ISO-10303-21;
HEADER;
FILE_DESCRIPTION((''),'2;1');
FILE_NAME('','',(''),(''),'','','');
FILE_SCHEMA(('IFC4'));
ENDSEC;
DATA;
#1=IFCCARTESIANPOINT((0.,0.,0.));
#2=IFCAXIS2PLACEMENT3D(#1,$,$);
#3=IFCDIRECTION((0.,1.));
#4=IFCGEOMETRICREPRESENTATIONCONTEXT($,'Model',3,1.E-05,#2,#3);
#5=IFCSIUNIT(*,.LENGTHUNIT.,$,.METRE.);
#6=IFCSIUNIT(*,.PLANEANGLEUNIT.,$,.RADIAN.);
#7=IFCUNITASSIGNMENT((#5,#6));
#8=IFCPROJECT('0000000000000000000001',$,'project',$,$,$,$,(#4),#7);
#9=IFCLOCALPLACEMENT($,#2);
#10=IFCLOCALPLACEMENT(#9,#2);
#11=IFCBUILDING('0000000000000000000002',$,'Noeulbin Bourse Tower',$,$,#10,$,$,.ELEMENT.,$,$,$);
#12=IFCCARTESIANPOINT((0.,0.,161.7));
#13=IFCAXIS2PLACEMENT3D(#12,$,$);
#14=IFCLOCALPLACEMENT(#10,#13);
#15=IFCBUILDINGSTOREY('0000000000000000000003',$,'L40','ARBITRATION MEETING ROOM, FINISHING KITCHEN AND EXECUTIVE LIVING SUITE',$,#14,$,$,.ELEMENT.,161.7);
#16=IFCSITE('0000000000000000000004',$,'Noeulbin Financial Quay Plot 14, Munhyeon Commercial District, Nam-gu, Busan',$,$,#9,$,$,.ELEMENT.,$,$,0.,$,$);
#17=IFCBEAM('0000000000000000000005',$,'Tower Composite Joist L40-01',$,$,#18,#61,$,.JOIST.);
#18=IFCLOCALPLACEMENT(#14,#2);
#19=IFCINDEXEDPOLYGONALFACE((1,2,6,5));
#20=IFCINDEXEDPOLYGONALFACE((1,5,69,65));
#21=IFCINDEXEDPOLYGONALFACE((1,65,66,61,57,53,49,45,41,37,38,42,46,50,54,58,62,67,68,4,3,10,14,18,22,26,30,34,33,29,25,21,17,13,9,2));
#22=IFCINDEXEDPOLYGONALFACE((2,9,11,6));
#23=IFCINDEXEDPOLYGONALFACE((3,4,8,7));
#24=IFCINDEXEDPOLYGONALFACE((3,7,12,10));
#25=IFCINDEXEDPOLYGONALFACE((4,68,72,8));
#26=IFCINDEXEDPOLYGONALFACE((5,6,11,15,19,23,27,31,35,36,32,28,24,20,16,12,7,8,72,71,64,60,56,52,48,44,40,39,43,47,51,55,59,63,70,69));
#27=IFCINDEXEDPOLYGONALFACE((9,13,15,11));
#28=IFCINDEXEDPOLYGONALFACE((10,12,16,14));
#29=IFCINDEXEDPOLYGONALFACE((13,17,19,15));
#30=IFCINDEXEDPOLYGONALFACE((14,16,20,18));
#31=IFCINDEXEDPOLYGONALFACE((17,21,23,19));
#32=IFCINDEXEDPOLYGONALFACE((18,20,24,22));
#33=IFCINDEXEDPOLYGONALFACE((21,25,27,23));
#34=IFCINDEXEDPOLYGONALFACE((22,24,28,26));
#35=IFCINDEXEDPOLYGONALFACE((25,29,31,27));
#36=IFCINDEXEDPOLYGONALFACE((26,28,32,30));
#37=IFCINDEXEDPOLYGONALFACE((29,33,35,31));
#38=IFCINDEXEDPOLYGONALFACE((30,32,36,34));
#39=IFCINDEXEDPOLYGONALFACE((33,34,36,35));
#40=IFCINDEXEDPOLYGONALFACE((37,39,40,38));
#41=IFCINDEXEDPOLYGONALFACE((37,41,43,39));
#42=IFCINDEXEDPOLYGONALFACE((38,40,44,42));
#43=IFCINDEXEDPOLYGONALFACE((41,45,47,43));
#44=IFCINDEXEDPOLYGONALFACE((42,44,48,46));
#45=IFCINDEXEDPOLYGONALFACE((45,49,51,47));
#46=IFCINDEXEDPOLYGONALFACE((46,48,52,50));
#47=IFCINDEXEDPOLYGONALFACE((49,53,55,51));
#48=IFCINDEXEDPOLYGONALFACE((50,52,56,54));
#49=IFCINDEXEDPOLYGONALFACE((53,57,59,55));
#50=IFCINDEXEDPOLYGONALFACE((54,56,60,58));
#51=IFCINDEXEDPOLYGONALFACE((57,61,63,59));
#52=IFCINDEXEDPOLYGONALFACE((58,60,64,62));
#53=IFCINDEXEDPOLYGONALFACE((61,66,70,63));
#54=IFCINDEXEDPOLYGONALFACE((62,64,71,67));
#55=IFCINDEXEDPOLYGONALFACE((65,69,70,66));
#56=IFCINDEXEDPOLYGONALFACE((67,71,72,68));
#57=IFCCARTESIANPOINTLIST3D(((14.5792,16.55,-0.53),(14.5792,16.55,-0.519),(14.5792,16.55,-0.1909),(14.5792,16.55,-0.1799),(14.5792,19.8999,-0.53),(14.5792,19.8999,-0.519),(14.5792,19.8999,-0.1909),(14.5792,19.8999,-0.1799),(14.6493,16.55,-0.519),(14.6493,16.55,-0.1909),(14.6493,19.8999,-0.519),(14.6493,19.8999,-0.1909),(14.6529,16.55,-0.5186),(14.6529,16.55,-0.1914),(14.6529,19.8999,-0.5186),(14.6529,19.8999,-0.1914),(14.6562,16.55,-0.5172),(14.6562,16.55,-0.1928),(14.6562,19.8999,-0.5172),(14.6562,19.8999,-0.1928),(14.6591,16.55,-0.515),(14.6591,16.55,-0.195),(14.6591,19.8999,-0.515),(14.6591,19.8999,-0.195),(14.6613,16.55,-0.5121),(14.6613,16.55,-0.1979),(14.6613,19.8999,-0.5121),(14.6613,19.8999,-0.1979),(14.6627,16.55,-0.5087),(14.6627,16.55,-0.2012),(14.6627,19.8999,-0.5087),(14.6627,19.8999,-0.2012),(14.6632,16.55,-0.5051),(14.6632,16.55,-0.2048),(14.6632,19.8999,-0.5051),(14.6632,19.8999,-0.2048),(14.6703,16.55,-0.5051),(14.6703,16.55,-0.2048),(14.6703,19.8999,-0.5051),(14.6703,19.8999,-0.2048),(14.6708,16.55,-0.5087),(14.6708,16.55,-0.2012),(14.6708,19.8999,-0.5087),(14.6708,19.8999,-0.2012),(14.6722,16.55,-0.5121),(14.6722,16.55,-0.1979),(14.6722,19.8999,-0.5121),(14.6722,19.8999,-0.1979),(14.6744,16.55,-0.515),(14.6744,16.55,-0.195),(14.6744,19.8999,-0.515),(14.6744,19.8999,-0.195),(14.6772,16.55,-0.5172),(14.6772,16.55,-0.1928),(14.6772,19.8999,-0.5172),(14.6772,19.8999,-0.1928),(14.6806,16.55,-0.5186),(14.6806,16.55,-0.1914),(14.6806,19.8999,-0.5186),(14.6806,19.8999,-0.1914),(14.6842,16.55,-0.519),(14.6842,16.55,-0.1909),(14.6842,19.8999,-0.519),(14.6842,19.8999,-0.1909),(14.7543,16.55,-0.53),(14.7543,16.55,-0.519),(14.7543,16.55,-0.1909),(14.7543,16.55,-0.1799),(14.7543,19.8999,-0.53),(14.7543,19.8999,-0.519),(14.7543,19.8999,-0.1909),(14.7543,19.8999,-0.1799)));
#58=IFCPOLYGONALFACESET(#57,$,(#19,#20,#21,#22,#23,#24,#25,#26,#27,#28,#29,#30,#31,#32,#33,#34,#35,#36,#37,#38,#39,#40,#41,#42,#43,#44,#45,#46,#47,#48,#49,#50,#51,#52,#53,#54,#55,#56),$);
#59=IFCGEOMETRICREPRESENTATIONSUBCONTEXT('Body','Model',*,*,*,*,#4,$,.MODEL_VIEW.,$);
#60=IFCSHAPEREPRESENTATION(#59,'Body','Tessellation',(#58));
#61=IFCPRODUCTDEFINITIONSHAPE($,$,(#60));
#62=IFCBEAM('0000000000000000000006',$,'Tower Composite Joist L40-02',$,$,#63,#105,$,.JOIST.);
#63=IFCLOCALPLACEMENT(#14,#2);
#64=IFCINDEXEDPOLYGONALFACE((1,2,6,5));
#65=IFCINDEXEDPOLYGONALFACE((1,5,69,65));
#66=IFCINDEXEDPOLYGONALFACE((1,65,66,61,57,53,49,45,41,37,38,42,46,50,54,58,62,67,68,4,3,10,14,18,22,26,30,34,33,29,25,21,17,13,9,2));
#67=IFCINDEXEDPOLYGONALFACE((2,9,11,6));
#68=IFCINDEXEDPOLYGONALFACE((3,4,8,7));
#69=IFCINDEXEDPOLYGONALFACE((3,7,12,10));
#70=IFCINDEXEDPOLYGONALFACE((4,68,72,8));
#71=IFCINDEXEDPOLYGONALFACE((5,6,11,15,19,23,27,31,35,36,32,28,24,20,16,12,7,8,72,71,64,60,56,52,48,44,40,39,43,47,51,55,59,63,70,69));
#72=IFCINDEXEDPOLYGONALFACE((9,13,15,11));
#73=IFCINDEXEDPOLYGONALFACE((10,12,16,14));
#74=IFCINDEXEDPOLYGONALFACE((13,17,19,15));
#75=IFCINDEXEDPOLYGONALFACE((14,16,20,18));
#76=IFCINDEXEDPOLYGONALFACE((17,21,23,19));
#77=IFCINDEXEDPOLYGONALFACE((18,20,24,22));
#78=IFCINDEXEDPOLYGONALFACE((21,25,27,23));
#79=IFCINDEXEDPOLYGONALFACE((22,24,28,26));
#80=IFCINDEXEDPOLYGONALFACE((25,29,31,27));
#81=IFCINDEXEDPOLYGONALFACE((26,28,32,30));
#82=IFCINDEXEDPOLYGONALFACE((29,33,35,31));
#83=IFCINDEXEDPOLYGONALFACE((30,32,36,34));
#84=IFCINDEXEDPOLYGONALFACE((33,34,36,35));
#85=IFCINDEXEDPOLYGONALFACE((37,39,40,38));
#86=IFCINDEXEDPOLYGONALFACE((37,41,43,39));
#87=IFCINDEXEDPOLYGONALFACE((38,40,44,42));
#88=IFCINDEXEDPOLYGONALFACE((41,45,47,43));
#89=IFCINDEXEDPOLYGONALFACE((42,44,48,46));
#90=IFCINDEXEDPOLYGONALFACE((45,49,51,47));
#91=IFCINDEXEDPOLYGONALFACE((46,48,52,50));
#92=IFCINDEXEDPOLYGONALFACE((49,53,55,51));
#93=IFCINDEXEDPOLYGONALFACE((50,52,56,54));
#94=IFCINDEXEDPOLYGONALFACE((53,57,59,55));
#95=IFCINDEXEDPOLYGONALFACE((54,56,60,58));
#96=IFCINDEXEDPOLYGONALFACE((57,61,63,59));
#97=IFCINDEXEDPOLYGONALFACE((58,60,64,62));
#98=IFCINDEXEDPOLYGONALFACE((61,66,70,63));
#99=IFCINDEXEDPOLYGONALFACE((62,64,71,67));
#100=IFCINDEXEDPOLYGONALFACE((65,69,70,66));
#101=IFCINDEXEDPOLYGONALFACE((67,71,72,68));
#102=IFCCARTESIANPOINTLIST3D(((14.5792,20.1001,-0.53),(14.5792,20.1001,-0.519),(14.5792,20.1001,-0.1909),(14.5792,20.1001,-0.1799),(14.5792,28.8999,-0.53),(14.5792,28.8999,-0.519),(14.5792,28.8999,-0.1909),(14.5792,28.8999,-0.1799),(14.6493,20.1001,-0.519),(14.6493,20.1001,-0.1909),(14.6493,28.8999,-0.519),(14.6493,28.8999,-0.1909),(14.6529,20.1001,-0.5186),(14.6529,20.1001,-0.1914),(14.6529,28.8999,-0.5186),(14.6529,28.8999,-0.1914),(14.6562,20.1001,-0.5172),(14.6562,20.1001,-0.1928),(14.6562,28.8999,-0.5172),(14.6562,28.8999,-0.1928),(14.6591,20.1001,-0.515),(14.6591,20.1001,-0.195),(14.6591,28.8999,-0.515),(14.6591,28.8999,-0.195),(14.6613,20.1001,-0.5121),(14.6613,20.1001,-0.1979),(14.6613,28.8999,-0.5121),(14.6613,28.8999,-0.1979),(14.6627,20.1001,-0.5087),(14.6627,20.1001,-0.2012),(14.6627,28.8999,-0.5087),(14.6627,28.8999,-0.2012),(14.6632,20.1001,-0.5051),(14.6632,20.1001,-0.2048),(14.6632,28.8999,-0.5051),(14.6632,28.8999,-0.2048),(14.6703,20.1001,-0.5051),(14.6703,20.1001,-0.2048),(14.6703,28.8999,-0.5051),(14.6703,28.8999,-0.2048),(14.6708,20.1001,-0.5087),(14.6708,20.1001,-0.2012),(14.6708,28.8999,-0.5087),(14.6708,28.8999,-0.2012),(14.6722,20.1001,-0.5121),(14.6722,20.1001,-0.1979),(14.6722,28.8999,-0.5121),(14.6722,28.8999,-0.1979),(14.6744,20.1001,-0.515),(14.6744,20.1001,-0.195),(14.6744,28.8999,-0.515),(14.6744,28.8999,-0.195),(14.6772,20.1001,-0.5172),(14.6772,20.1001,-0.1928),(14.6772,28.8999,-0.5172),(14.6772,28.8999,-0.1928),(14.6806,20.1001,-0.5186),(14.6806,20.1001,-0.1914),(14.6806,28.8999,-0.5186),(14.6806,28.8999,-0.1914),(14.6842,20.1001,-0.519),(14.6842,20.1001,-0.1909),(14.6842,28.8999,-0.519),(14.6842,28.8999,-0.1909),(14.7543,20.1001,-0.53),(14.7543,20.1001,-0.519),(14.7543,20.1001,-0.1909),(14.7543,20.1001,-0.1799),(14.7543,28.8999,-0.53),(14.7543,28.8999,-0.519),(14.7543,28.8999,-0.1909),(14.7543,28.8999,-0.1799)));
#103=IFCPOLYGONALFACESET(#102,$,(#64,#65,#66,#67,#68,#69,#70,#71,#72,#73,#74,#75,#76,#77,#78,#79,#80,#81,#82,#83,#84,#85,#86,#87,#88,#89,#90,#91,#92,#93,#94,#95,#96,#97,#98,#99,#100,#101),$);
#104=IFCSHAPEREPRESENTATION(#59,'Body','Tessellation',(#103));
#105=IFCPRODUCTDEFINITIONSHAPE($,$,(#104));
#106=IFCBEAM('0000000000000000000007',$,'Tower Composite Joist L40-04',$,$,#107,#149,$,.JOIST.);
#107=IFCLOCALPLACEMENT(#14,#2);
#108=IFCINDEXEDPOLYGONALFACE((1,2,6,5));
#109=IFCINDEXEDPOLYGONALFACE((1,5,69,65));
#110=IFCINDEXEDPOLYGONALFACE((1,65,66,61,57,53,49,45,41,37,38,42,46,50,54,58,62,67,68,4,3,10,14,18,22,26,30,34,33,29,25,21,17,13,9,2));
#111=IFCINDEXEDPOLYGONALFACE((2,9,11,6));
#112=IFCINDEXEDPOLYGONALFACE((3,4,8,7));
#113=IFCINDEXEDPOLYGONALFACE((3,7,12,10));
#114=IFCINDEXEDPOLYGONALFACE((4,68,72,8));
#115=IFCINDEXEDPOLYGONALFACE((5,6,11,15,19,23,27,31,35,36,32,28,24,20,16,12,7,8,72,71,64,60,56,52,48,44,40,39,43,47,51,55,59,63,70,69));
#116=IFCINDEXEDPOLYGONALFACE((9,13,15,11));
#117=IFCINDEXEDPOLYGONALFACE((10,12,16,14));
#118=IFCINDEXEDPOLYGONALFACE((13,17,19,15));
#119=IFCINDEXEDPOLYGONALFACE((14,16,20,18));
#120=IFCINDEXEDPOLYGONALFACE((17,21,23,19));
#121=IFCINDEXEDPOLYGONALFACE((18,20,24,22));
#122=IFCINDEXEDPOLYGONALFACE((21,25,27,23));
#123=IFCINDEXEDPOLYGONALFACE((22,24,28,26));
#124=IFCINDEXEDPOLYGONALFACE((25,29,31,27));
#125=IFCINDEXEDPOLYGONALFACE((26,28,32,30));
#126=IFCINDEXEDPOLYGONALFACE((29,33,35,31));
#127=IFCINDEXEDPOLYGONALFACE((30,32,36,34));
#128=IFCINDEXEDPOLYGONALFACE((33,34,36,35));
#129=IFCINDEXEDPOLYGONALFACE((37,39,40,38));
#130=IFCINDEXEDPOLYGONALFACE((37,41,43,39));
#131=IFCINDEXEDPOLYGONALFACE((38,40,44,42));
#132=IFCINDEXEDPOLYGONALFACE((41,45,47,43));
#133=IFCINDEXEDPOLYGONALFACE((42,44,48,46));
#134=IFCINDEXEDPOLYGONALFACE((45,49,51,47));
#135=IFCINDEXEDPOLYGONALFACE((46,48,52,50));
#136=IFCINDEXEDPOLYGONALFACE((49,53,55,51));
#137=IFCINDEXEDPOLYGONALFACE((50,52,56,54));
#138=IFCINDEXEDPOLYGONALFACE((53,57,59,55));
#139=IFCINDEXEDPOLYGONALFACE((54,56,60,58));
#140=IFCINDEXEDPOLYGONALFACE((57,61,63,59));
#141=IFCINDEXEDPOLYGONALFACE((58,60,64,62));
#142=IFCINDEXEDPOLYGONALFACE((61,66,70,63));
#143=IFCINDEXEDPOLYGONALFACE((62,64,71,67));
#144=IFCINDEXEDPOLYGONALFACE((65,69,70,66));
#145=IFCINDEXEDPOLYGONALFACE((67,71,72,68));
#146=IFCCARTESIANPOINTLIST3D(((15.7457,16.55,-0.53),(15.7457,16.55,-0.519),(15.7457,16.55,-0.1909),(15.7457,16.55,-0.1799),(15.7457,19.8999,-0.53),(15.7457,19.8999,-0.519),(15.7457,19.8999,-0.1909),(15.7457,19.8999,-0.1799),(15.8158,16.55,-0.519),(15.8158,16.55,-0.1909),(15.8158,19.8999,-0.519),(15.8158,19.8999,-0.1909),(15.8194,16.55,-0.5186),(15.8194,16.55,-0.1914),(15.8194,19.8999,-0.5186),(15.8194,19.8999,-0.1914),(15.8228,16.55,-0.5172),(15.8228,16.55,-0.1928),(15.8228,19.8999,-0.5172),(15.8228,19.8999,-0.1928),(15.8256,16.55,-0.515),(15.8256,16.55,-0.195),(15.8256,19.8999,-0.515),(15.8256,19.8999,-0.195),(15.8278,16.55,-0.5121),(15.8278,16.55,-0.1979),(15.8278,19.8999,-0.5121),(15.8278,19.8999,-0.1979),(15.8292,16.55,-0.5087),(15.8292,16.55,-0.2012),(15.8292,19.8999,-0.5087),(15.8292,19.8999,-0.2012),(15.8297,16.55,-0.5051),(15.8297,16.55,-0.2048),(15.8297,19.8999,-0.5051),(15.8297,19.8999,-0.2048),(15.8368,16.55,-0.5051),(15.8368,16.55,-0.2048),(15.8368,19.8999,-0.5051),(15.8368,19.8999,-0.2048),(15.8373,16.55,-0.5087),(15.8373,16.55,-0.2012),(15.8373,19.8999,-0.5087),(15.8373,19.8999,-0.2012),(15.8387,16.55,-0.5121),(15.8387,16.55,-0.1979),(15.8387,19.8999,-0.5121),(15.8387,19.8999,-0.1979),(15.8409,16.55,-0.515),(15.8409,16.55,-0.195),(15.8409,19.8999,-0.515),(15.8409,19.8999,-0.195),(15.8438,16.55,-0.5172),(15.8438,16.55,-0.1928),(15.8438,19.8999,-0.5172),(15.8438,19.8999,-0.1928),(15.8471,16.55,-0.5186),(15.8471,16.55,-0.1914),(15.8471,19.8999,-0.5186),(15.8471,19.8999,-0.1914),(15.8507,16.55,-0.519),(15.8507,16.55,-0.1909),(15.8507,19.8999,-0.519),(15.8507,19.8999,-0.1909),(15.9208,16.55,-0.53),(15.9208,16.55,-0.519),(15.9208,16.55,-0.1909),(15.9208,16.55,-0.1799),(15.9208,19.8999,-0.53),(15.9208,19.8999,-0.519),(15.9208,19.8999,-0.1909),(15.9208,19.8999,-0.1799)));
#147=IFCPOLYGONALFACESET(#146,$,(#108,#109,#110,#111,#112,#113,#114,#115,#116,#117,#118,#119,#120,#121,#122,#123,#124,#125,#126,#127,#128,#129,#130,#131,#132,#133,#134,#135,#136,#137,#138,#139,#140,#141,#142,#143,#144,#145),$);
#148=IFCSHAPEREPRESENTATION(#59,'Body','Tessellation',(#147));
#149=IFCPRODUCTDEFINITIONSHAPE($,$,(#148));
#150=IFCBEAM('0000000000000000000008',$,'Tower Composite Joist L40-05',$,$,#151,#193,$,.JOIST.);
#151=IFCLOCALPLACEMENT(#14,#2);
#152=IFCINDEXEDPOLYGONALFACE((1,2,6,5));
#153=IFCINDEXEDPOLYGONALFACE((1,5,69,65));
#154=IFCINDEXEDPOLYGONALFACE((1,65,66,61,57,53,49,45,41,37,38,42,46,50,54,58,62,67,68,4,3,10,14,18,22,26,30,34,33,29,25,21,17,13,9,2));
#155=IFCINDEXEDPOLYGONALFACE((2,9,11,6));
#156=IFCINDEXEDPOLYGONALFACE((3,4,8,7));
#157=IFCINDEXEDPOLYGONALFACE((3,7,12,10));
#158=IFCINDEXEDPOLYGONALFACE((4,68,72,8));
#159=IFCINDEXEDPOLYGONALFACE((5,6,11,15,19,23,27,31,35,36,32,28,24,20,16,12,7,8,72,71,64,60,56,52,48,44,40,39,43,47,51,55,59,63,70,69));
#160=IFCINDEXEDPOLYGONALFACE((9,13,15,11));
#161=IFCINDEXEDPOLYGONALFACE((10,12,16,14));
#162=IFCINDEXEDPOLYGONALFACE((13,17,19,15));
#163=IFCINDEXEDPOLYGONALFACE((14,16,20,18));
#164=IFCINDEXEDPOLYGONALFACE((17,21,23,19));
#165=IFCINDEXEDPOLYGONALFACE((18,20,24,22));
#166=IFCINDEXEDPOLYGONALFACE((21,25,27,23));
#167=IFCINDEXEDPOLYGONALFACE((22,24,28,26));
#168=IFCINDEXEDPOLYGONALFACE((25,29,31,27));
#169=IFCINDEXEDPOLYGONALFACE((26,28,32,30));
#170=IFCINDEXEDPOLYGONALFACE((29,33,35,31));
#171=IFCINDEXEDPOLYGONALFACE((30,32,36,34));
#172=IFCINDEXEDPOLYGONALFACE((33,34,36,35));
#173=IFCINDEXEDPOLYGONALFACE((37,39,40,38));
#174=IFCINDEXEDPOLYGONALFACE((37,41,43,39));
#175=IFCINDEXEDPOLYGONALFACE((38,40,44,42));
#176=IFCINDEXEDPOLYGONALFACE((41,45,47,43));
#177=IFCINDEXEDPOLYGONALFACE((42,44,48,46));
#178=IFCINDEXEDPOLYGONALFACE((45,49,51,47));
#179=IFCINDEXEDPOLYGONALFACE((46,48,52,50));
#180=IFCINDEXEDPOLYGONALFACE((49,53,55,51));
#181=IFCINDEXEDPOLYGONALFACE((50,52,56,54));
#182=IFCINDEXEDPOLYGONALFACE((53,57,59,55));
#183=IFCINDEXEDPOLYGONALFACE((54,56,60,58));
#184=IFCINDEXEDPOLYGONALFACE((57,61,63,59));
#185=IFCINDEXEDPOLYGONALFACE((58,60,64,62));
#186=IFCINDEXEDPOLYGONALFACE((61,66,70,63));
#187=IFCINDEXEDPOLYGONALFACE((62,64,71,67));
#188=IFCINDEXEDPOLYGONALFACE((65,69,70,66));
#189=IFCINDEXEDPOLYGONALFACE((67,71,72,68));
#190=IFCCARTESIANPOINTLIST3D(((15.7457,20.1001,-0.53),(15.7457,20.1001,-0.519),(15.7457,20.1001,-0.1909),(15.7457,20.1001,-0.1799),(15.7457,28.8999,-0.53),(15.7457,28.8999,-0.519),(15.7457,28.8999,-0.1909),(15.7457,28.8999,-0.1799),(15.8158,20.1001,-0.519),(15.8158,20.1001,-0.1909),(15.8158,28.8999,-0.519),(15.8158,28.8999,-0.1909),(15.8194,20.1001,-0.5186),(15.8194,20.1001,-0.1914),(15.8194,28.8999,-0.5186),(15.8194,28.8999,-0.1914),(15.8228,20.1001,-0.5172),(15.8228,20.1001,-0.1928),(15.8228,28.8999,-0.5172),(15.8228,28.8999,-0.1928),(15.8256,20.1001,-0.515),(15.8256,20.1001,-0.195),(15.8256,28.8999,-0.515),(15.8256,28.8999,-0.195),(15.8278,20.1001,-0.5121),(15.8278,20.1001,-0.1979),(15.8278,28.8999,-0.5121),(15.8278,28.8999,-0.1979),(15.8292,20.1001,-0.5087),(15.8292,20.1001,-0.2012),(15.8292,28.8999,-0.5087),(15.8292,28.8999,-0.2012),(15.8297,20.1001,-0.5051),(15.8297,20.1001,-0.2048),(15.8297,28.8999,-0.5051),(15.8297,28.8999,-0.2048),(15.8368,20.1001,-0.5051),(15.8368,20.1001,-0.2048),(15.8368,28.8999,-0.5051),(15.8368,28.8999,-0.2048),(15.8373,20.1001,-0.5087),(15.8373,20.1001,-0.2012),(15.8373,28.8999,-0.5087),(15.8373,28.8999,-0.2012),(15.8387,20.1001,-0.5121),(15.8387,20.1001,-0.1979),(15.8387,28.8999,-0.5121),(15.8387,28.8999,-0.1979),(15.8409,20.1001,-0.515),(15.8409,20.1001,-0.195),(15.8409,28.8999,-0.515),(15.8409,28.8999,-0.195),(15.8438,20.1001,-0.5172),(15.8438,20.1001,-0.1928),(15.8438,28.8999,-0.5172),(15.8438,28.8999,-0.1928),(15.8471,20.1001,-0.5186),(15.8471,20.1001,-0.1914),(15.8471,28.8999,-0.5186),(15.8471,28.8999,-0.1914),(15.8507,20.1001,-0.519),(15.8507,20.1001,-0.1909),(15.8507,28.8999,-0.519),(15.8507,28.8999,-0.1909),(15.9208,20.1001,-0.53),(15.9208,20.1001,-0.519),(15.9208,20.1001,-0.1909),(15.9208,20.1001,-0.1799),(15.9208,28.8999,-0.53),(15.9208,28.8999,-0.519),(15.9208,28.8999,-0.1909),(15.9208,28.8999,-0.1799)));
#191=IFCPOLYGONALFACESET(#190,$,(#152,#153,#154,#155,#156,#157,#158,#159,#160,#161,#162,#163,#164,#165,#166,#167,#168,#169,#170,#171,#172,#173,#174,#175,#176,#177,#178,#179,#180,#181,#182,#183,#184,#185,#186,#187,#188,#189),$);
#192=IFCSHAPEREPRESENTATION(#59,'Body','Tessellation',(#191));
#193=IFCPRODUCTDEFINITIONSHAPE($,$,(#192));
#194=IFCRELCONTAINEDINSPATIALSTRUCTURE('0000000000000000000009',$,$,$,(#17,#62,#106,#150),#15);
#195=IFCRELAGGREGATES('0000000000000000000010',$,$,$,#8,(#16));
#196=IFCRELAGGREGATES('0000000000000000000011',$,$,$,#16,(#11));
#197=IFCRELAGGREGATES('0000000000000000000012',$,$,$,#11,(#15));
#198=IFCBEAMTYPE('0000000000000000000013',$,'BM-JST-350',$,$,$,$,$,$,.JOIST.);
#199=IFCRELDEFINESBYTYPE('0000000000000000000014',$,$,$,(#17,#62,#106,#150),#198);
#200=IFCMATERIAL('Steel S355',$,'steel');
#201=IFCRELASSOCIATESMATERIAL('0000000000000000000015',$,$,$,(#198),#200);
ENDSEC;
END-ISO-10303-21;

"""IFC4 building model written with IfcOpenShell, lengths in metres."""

from ifc_helpers import new_model, si_unit, direction, frame, origin, origin_2d, place, context, subcontext, project, spatial, i_section, extrude, material, material_profile, profile_set, type_object, element, save


model = new_model("IFC4")

# Units and contexts
model_context = context("Model", 3, precision=1e-05, world=origin(), true_north=direction((0.0, 1.0)))
body_context = subcontext(model_context, "Body", "Model", "MODEL_VIEW")
ifc_project = project(units=[si_unit("LENGTHUNIT", "METRE"), si_unit("PLANEANGLEUNIT", "RADIAN")], contexts=[model_context])

# Site, building, storey
site_placement = place(None, origin())
site = spatial("IfcSite", under=ifc_project, at=site_placement, Name="Noeulbin Financial Quay Plot 14, Munhyeon Commercial District, Nam-gu, Busan", CompositionType="ELEMENT", RefElevation=0.0)
building_placement = place(site_placement, origin())
building = spatial("IfcBuilding", under=site, at=building_placement, Name="Noeulbin Bourse Tower", CompositionType="ELEMENT")
storey_placement = place(building_placement, frame((0.0, 0.0, 161.7)))
storey = spatial("IfcBuildingStorey", under=building, at=storey_placement, Name="L40", Description="ARBITRATION MEETING ROOM, FINISHING KITCHEN AND EXECUTIVE LIVING SUITE", CompositionType="ELEMENT", Elevation=161.7)

# Shared definitions
ifc_material_1 = material(Name="Steel S355", Category="steel")

# Beams
ifc_material_profile_1 = material_profile(ifc_material_1, i_section(OverallWidth=0.175, OverallDepth=0.3501, WebThickness=0.0071, FlangeThickness=0.011, FilletRadius=0.0139, at=origin_2d()), Name="H-350x175x7x11", Category="LoadBearing")
ifc_profile_set_1 = profile_set([ifc_material_profile_1], Name="Steel S355")
beam_type_1 = type_object("IfcBeamType", Name="BM-JST-350", PredefinedType="JOIST", material=ifc_profile_set_1)
beam_1_placement = place(storey_placement, frame((14.6667, 16.55, -0.355), z_axis=(0.0, 1.0, 0.0), x_axis=(-1.0, 0.0, 0.0)))
element("IfcBeam", 1, at=beam_1_placement, inside=storey, type_object=beam_type_1, Name="Tower Composite Joist L40-01", PredefinedType="JOIST", context=body_context, shape_type="SweptSolid", body=[
    extrude(i_section(OverallWidth=0.175, OverallDepth=0.3501, WebThickness=0.0071, FlangeThickness=0.011, FilletRadius=0.0139, at=origin_2d()), origin(), (0.0, 0.0, 1.0), 3.3499),
])
beam_2_placement = place(storey_placement, frame((14.6667, 20.1001, -0.355), z_axis=(0.0, 1.0, 0.0), x_axis=(-1.0, 0.0, 0.0)))
element("IfcBeam", 2, at=beam_2_placement, inside=storey, type_object=beam_type_1, Name="Tower Composite Joist L40-02", PredefinedType="JOIST", context=body_context, shape_type="SweptSolid", body=[
    extrude(i_section(OverallWidth=0.175, OverallDepth=0.3501, WebThickness=0.0071, FlangeThickness=0.011, FilletRadius=0.0139, at=origin_2d()), origin(), (0.0, 0.0, 1.0), 8.7998),
])
beam_3_placement = place(storey_placement, frame((15.8333, 16.55, -0.355), z_axis=(0.0, 1.0, 0.0), x_axis=(-1.0, 0.0, 0.0)))
element("IfcBeam", 3, at=beam_3_placement, inside=storey, type_object=beam_type_1, Name="Tower Composite Joist L40-04", PredefinedType="JOIST", context=body_context, shape_type="SweptSolid", body=[
    extrude(i_section(OverallWidth=0.175, OverallDepth=0.3501, WebThickness=0.0071, FlangeThickness=0.011, FilletRadius=0.0139, at=origin_2d()), origin(), (0.0, 0.0, 1.0), 3.3499),
])
beam_4_placement = place(storey_placement, frame((15.8333, 20.1001, -0.355), z_axis=(0.0, 1.0, 0.0), x_axis=(-1.0, 0.0, 0.0)))
element("IfcBeam", 4, at=beam_4_placement, inside=storey, type_object=beam_type_1, Name="Tower Composite Joist L40-05", PredefinedType="JOIST", context=body_context, shape_type="SweptSolid", body=[
    extrude(i_section(OverallWidth=0.175, OverallDepth=0.3501, WebThickness=0.0071, FlangeThickness=0.011, FilletRadius=0.0139, at=origin_2d()), origin(), (0.0, 0.0, 1.0), 8.7998),
])

save(model, "model.ifc")
